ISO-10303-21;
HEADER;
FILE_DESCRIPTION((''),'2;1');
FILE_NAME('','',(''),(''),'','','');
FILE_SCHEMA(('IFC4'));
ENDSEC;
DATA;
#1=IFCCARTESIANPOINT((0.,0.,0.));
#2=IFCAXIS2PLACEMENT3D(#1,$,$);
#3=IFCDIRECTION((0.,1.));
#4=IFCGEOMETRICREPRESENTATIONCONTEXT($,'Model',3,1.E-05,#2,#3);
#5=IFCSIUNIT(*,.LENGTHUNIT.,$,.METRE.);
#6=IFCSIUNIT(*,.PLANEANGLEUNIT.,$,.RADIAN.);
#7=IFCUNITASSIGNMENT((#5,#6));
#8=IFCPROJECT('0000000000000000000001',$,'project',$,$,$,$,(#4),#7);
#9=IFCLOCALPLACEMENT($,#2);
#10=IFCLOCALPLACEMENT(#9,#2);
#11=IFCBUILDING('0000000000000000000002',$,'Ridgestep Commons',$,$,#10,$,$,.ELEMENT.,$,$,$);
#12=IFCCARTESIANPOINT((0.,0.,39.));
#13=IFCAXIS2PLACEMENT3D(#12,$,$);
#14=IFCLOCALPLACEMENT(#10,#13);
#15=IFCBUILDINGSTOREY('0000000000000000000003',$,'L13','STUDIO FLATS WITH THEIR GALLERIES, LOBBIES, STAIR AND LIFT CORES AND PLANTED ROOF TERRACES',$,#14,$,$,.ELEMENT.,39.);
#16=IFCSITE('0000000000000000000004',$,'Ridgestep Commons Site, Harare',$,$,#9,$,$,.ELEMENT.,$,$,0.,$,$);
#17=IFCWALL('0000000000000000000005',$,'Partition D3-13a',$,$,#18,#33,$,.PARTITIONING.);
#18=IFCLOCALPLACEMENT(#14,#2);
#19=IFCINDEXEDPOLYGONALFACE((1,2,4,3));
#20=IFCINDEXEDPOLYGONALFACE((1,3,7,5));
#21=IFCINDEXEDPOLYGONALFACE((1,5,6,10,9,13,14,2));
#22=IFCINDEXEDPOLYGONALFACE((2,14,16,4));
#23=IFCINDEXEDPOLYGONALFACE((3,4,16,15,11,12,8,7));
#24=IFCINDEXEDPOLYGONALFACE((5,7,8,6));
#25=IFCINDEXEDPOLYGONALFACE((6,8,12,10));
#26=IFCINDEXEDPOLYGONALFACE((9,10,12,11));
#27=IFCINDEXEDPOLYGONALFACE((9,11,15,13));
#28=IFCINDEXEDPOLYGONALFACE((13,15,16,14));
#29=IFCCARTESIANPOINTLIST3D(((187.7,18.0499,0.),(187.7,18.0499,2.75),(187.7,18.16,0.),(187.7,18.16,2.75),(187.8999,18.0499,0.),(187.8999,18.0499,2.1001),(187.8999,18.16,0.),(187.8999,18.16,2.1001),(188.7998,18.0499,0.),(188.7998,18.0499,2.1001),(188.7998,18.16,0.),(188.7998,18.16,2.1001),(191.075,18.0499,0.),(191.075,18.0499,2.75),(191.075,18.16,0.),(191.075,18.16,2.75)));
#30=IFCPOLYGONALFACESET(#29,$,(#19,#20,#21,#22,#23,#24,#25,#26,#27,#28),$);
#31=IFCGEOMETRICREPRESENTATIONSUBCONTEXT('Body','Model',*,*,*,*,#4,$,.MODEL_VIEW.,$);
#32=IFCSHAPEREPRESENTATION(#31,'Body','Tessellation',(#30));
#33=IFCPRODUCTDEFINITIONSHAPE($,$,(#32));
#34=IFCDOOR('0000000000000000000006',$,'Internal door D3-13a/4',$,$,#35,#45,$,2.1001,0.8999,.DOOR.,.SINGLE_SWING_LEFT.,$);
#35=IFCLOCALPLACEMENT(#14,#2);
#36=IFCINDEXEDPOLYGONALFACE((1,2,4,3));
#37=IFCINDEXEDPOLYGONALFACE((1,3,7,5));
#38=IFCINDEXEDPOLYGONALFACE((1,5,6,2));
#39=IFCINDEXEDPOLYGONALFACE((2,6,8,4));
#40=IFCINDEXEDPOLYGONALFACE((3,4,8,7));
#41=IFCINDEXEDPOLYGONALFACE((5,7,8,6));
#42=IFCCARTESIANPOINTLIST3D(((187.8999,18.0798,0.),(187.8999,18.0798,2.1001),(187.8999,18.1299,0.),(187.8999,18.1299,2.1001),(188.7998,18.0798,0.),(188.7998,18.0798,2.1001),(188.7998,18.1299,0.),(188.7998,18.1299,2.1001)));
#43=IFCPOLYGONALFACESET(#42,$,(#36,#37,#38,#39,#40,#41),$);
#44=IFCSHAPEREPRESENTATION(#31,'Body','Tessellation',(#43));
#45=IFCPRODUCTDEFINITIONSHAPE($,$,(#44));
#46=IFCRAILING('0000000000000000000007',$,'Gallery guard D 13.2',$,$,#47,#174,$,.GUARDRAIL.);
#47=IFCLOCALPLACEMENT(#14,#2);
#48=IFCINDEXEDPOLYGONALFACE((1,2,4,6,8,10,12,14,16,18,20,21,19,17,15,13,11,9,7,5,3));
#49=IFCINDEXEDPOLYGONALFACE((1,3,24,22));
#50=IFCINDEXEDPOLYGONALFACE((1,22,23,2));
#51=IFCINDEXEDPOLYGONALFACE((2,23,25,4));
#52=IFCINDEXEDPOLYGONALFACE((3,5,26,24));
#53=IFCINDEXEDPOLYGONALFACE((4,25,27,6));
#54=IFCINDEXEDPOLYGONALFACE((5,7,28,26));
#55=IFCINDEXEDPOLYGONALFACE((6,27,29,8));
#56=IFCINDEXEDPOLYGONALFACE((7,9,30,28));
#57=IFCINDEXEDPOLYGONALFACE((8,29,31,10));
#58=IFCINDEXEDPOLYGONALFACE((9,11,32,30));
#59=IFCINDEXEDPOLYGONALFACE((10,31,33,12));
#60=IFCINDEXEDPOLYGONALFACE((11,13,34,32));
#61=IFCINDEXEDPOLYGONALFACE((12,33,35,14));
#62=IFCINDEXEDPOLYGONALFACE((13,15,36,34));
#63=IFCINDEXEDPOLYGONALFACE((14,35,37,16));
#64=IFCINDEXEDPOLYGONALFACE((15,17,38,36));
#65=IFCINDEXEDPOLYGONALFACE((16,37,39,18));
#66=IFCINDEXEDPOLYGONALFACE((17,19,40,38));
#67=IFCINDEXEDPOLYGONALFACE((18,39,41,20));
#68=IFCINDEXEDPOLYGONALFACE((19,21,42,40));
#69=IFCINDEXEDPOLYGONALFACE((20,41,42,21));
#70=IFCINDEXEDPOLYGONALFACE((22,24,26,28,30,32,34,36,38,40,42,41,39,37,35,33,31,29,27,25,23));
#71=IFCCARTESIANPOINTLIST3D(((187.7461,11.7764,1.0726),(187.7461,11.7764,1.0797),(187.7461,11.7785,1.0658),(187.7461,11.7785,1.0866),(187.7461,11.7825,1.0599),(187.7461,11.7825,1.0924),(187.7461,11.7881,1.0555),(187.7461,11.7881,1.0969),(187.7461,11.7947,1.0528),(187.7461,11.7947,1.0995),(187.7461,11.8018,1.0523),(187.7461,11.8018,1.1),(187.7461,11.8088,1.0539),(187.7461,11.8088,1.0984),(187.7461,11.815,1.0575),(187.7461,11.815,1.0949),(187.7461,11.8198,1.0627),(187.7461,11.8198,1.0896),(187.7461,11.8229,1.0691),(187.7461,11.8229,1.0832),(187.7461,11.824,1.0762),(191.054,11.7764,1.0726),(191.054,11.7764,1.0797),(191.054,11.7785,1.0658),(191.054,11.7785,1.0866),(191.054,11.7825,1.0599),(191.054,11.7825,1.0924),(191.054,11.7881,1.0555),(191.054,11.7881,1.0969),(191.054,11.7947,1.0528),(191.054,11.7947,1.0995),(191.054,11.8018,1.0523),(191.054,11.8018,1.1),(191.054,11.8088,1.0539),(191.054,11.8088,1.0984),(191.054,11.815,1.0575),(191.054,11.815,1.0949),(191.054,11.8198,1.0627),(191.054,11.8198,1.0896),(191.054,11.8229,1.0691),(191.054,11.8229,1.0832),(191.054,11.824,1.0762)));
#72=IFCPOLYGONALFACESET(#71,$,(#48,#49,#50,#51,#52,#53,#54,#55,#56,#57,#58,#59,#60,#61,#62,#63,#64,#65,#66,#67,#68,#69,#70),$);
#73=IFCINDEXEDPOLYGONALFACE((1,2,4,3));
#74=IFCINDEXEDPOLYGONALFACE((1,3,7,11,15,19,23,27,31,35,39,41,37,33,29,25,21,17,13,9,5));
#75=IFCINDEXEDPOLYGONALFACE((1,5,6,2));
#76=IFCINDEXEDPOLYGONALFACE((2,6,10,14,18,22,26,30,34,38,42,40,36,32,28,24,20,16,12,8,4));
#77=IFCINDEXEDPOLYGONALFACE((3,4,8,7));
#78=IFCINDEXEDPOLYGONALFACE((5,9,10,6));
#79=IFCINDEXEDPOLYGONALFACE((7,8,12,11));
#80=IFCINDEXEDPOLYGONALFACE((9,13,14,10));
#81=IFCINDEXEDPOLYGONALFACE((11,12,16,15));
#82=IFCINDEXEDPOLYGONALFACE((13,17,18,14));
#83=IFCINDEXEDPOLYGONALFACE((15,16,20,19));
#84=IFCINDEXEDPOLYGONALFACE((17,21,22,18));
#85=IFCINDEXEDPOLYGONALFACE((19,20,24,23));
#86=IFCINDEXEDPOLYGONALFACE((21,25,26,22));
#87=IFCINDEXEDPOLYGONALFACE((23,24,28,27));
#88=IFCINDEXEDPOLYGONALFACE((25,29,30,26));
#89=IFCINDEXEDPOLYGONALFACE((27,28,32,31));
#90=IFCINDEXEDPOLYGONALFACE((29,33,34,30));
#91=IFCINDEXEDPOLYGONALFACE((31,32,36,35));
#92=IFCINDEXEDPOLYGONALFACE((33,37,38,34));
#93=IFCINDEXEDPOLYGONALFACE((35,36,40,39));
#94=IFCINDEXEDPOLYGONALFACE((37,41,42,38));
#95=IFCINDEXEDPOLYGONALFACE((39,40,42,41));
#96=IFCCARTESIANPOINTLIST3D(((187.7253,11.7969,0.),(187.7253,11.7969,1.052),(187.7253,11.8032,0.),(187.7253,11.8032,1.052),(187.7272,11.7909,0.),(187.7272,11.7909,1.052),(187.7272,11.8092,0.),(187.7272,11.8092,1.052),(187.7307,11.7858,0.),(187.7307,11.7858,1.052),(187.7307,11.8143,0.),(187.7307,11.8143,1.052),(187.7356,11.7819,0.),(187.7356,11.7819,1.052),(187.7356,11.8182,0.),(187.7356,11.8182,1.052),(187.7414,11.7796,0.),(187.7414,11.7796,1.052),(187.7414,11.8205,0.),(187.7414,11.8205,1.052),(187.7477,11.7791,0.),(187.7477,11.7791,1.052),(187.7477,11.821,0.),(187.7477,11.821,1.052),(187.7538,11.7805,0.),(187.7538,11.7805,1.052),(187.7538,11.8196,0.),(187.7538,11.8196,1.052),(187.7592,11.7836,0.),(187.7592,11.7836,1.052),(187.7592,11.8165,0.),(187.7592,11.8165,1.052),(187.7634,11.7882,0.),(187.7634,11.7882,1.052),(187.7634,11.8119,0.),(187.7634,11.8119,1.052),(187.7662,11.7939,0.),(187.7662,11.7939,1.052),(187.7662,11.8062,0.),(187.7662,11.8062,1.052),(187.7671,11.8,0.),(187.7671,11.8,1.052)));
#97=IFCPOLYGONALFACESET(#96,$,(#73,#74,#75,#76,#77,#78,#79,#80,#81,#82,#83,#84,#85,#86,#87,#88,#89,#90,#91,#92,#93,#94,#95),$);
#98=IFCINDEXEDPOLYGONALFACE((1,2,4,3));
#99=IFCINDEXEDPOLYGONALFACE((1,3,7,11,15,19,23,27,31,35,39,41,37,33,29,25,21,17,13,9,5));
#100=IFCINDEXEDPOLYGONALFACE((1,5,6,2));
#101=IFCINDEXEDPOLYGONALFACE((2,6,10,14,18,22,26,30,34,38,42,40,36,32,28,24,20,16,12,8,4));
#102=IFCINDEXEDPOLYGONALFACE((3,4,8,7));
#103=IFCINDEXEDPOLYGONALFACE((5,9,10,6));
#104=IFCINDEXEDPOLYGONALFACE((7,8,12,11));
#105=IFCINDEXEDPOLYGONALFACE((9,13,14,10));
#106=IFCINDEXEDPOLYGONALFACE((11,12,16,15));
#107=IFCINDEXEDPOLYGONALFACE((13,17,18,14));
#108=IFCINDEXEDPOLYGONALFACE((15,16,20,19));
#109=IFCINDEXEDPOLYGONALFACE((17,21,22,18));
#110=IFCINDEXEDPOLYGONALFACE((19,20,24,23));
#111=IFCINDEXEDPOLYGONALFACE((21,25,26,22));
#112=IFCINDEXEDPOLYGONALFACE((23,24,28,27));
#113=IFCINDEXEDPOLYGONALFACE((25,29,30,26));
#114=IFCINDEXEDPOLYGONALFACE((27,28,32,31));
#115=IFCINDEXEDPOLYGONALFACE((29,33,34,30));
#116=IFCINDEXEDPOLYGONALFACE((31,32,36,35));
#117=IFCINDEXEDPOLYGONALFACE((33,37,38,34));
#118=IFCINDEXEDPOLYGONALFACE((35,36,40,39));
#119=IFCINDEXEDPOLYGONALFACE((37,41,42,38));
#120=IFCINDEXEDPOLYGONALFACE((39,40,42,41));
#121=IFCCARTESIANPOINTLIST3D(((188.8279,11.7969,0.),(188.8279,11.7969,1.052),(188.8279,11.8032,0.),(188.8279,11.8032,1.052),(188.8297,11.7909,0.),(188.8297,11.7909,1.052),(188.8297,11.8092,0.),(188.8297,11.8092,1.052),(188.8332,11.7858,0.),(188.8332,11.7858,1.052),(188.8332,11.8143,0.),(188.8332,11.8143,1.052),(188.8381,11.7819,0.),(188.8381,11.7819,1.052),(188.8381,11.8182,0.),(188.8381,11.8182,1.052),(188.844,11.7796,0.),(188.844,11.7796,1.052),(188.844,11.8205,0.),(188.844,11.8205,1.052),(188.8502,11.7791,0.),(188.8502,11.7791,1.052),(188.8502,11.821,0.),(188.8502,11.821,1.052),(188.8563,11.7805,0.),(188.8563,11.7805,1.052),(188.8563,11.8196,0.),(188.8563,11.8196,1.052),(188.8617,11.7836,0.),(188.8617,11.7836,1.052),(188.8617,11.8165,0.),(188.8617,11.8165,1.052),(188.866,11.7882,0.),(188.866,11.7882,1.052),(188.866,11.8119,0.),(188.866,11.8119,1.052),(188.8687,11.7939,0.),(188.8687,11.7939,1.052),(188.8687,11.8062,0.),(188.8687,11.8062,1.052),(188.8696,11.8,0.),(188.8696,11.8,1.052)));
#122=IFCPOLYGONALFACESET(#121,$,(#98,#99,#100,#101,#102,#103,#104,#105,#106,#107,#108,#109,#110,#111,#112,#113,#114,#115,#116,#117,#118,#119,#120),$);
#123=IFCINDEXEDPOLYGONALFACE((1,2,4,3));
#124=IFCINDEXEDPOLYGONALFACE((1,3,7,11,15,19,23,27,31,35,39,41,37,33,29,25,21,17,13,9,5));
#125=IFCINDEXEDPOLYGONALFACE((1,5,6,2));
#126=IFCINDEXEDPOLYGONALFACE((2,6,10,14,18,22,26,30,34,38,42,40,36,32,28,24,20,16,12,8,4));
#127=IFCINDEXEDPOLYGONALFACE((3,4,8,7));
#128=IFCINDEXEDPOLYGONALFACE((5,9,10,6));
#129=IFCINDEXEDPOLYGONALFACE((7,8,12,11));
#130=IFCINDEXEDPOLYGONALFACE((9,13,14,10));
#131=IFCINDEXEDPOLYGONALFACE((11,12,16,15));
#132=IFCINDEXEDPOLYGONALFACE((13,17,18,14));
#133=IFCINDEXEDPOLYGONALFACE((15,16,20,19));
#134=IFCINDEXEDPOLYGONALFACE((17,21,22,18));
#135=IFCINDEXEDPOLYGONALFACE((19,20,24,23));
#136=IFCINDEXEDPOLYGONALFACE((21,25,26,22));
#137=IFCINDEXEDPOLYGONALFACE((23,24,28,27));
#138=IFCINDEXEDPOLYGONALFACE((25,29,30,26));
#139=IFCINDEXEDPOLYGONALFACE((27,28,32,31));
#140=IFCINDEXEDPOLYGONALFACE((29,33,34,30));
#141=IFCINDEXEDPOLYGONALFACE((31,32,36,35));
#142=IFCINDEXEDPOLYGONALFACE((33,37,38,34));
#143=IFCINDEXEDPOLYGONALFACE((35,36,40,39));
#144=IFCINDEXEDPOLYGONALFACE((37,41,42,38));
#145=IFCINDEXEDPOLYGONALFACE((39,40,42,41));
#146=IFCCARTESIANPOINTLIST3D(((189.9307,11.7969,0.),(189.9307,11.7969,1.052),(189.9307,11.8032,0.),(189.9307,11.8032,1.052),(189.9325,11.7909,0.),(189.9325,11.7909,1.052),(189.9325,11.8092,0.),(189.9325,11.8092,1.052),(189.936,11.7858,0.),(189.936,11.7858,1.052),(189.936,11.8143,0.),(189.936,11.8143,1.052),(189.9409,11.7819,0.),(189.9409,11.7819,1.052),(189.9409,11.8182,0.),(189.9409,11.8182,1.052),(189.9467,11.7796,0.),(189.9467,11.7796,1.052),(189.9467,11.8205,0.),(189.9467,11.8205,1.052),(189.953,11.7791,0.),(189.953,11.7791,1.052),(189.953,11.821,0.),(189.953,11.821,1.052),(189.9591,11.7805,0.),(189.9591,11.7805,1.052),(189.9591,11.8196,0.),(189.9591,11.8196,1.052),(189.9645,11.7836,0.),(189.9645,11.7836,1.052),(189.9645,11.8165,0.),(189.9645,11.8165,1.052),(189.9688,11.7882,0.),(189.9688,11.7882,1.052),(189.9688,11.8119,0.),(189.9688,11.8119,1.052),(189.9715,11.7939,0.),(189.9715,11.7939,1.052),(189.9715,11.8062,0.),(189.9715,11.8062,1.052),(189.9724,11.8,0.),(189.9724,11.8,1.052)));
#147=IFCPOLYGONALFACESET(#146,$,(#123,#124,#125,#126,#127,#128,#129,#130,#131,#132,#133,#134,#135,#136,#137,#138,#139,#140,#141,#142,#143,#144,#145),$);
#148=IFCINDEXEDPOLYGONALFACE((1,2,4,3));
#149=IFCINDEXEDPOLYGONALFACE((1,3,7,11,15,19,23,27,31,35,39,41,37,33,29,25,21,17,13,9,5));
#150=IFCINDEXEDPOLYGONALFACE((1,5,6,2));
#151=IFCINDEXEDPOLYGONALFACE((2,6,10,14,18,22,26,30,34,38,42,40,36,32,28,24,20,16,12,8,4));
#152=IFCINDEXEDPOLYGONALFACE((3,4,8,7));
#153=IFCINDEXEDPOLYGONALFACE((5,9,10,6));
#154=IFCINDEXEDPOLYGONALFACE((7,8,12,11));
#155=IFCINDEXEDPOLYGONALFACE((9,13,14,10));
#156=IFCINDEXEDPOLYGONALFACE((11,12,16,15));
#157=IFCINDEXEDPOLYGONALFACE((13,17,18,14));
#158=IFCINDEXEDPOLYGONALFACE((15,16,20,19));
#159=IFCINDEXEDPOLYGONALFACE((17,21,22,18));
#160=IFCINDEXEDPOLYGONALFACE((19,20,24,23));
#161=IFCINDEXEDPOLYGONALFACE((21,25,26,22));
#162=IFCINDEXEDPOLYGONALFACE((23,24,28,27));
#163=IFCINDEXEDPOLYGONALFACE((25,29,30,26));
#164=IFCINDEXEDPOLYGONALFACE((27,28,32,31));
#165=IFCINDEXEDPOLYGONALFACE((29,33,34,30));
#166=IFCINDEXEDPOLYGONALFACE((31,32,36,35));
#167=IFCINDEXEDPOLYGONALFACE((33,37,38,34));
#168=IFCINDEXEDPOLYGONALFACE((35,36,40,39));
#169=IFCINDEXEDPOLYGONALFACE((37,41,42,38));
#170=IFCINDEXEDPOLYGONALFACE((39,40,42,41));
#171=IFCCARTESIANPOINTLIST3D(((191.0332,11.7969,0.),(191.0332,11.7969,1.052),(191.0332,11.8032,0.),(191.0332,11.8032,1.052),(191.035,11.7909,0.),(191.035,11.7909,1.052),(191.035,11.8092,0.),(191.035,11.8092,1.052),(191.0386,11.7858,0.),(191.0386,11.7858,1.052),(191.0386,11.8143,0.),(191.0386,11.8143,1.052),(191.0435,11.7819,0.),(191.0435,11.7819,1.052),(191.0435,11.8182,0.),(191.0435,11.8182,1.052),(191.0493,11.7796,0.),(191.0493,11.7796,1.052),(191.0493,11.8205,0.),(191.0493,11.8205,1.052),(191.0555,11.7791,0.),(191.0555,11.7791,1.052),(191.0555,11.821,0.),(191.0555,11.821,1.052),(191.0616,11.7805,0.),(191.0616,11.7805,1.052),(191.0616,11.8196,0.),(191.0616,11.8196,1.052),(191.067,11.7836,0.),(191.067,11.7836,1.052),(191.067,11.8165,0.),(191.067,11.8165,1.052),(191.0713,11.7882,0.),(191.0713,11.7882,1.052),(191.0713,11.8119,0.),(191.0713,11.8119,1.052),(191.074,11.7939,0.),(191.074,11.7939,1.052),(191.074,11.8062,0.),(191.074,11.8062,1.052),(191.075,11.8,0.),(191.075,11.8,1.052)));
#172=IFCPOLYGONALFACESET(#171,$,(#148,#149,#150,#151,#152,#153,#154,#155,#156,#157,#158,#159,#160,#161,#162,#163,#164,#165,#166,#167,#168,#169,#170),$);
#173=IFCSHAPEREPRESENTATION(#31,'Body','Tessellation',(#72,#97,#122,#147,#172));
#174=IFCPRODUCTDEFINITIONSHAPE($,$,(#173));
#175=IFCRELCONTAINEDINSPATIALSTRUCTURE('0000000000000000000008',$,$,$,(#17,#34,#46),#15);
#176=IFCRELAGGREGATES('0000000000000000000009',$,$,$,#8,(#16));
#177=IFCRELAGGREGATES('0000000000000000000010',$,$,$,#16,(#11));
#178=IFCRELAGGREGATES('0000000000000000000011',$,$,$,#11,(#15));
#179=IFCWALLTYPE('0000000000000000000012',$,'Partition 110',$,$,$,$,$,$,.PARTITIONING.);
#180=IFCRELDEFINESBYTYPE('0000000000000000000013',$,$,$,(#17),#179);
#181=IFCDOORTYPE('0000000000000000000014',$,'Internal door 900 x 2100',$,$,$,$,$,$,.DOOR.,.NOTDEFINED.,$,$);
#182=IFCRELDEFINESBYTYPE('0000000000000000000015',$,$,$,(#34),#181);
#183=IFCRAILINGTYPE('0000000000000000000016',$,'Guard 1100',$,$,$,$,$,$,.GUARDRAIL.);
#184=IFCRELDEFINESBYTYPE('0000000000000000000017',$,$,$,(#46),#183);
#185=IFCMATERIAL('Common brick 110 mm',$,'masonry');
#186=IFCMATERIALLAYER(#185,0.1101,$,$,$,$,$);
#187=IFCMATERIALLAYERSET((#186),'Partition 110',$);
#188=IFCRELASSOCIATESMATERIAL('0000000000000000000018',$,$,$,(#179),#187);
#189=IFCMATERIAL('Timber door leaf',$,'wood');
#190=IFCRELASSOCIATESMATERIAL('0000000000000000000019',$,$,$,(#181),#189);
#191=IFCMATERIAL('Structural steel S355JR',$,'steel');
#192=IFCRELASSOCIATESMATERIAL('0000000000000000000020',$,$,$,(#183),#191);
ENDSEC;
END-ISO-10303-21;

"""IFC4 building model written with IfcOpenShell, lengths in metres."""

from ifc_helpers import new_model, si_unit, direction, frame, frame_2d, origin, origin_2d, place, context, subcontext, project, spatial, rectangle, circle, extrude, material, layer, layer_set, type_object, element, fill, save


model = new_model("IFC4")

# Units and contexts
model_context = context("Model", 3, precision=1e-05, world=origin(), true_north=direction((0.0, 1.0)))
body_context = subcontext(model_context, "Body", "Model", "MODEL_VIEW")
ifc_project = project(units=[si_unit("LENGTHUNIT", "METRE"), si_unit("PLANEANGLEUNIT", "RADIAN")], contexts=[model_context])

# Site, building, storey
site_placement = place(None, origin())
site = spatial("IfcSite", under=ifc_project, at=site_placement, Name="Ridgestep Commons Site, Harare", CompositionType="ELEMENT", RefElevation=0.0)
building_placement = place(site_placement, origin())
building = spatial("IfcBuilding", under=site, at=building_placement, Name="Ridgestep Commons", CompositionType="ELEMENT")
storey_placement = place(building_placement, frame((0.0, 0.0, 39.0)))
storey = spatial("IfcBuildingStorey", under=building, at=storey_placement, Name="L13", Description="STUDIO FLATS WITH THEIR GALLERIES, LOBBIES, STAIR AND LIFT CORES AND PLANTED ROOF TERRACES", CompositionType="ELEMENT", Elevation=39.0)

# Shared definitions
ifc_material_1 = material(Name="Common brick 110 mm", Category="masonry")
ifc_layer_1 = layer(ifc_material_1, 0.1101)
ifc_layer_set_1 = layer_set([ifc_layer_1], Name="Partition 110")
wall_type_1 = type_object("IfcWallType", Name="Partition 110", PredefinedType="PARTITIONING", material=ifc_layer_set_1)

# Wall, opening, door
wall_1_placement = place(storey_placement, frame((187.7, 18.105, 0.0), z_axis=(0.0, 0.0, 1.0), x_axis=(1.0, 0.0, 0.0)))
wall_1 = element("IfcWall", 1, at=wall_1_placement, inside=storey, type_object=wall_type_1, Name="Partition D3-13a", PredefinedType="PARTITIONING", context=body_context, shape_type="SweptSolid", body=[
    extrude(rectangle(XDim=3.375, YDim=0.1101, at=frame_2d((1.6875, 0.0))), origin(), (0.0, 0.0, 1.0), 2.75),
])
opening_1_placement = place(wall_1_placement, frame((0.2, 0.0, 0.0)))
opening_1 = element("IfcOpeningElement", 2, at=opening_1_placement, cuts=wall_1, PredefinedType="OPENING", context=body_context, shape_type="SweptSolid", body=[
    extrude(rectangle(XDim=0.8999, YDim=2.1001, at=frame_2d((0.45, 1.05))), frame((0.0, 0.0649, 0.0), z_axis=(0.0, -1.0, 0.0), x_axis=(1.0, 0.0, 0.0)), (0.0, 0.0, 1.0), 0.1301),
])
ifc_material_2 = material(Name="Timber door leaf", Category="wood")
door_type_1 = type_object("IfcDoorType", Name="Internal door 900 x 2100", OperationType="NOTDEFINED", PredefinedType="DOOR", material=ifc_material_2)
door_1_placement = place(opening_1_placement, origin())
door_1 = element("IfcDoor", 3, at=door_1_placement, inside=storey, type_object=door_type_1, Name="Internal door D3-13a/4", OperationType="SINGLE_SWING_LEFT", OverallHeight=2.1001, OverallWidth=0.8999, PredefinedType="DOOR", context=body_context, shape_type="SweptSolid", body=[
    extrude(rectangle(XDim=0.8999, YDim=2.1001, at=frame_2d((0.45, 1.05))), frame((0.0, 0.0249, 0.0), z_axis=(0.0, -1.0, 0.0), x_axis=(1.0, 0.0, 0.0)), (0.0, 0.0, 1.0), 0.05),
])
fill(opening_1, door_1)

# Railing
ifc_material_3 = material(Name="Structural steel S355JR", Category="steel")
railing_type_1 = type_object("IfcRailingType", Name="Guard 1100", PredefinedType="GUARDRAIL", material=ifc_material_3)
railing_1_placement = place(storey_placement, frame((187.7461, 11.8, 0.0)))
element("IfcRailing", 4, at=railing_1_placement, inside=storey, type_object=railing_type_1, Name="Gallery guard D 13.2", PredefinedType="GUARDRAIL", context=body_context, shape_type="SweptSolid", body=[
    extrude(circle(Radius=0.0239, at=origin_2d()), frame((0.0, 0.0, 1.0762), z_axis=(1.0, 0.0, 0.0), x_axis=(0.0, 1.0, 0.0)), (0.0, 0.0, 1.0), 3.3079),
    extrude(circle(Radius=0.021, at=origin_2d()), origin(), (0.0, 0.0, 1.0), 1.052),
    extrude(circle(Radius=0.021, at=origin_2d()), frame((1.1025, 0.0, 0.0)), (0.0, 0.0, 1.0), 1.052),
    extrude(circle(Radius=0.021, at=origin_2d()), frame((2.2053, 0.0, 0.0)), (0.0, 0.0, 1.0), 1.052),
    extrude(circle(Radius=0.021, at=origin_2d()), frame((3.3079, 0.0, 0.0)), (0.0, 0.0, 1.0), 1.052),
])

save(model, "model.ifc")
